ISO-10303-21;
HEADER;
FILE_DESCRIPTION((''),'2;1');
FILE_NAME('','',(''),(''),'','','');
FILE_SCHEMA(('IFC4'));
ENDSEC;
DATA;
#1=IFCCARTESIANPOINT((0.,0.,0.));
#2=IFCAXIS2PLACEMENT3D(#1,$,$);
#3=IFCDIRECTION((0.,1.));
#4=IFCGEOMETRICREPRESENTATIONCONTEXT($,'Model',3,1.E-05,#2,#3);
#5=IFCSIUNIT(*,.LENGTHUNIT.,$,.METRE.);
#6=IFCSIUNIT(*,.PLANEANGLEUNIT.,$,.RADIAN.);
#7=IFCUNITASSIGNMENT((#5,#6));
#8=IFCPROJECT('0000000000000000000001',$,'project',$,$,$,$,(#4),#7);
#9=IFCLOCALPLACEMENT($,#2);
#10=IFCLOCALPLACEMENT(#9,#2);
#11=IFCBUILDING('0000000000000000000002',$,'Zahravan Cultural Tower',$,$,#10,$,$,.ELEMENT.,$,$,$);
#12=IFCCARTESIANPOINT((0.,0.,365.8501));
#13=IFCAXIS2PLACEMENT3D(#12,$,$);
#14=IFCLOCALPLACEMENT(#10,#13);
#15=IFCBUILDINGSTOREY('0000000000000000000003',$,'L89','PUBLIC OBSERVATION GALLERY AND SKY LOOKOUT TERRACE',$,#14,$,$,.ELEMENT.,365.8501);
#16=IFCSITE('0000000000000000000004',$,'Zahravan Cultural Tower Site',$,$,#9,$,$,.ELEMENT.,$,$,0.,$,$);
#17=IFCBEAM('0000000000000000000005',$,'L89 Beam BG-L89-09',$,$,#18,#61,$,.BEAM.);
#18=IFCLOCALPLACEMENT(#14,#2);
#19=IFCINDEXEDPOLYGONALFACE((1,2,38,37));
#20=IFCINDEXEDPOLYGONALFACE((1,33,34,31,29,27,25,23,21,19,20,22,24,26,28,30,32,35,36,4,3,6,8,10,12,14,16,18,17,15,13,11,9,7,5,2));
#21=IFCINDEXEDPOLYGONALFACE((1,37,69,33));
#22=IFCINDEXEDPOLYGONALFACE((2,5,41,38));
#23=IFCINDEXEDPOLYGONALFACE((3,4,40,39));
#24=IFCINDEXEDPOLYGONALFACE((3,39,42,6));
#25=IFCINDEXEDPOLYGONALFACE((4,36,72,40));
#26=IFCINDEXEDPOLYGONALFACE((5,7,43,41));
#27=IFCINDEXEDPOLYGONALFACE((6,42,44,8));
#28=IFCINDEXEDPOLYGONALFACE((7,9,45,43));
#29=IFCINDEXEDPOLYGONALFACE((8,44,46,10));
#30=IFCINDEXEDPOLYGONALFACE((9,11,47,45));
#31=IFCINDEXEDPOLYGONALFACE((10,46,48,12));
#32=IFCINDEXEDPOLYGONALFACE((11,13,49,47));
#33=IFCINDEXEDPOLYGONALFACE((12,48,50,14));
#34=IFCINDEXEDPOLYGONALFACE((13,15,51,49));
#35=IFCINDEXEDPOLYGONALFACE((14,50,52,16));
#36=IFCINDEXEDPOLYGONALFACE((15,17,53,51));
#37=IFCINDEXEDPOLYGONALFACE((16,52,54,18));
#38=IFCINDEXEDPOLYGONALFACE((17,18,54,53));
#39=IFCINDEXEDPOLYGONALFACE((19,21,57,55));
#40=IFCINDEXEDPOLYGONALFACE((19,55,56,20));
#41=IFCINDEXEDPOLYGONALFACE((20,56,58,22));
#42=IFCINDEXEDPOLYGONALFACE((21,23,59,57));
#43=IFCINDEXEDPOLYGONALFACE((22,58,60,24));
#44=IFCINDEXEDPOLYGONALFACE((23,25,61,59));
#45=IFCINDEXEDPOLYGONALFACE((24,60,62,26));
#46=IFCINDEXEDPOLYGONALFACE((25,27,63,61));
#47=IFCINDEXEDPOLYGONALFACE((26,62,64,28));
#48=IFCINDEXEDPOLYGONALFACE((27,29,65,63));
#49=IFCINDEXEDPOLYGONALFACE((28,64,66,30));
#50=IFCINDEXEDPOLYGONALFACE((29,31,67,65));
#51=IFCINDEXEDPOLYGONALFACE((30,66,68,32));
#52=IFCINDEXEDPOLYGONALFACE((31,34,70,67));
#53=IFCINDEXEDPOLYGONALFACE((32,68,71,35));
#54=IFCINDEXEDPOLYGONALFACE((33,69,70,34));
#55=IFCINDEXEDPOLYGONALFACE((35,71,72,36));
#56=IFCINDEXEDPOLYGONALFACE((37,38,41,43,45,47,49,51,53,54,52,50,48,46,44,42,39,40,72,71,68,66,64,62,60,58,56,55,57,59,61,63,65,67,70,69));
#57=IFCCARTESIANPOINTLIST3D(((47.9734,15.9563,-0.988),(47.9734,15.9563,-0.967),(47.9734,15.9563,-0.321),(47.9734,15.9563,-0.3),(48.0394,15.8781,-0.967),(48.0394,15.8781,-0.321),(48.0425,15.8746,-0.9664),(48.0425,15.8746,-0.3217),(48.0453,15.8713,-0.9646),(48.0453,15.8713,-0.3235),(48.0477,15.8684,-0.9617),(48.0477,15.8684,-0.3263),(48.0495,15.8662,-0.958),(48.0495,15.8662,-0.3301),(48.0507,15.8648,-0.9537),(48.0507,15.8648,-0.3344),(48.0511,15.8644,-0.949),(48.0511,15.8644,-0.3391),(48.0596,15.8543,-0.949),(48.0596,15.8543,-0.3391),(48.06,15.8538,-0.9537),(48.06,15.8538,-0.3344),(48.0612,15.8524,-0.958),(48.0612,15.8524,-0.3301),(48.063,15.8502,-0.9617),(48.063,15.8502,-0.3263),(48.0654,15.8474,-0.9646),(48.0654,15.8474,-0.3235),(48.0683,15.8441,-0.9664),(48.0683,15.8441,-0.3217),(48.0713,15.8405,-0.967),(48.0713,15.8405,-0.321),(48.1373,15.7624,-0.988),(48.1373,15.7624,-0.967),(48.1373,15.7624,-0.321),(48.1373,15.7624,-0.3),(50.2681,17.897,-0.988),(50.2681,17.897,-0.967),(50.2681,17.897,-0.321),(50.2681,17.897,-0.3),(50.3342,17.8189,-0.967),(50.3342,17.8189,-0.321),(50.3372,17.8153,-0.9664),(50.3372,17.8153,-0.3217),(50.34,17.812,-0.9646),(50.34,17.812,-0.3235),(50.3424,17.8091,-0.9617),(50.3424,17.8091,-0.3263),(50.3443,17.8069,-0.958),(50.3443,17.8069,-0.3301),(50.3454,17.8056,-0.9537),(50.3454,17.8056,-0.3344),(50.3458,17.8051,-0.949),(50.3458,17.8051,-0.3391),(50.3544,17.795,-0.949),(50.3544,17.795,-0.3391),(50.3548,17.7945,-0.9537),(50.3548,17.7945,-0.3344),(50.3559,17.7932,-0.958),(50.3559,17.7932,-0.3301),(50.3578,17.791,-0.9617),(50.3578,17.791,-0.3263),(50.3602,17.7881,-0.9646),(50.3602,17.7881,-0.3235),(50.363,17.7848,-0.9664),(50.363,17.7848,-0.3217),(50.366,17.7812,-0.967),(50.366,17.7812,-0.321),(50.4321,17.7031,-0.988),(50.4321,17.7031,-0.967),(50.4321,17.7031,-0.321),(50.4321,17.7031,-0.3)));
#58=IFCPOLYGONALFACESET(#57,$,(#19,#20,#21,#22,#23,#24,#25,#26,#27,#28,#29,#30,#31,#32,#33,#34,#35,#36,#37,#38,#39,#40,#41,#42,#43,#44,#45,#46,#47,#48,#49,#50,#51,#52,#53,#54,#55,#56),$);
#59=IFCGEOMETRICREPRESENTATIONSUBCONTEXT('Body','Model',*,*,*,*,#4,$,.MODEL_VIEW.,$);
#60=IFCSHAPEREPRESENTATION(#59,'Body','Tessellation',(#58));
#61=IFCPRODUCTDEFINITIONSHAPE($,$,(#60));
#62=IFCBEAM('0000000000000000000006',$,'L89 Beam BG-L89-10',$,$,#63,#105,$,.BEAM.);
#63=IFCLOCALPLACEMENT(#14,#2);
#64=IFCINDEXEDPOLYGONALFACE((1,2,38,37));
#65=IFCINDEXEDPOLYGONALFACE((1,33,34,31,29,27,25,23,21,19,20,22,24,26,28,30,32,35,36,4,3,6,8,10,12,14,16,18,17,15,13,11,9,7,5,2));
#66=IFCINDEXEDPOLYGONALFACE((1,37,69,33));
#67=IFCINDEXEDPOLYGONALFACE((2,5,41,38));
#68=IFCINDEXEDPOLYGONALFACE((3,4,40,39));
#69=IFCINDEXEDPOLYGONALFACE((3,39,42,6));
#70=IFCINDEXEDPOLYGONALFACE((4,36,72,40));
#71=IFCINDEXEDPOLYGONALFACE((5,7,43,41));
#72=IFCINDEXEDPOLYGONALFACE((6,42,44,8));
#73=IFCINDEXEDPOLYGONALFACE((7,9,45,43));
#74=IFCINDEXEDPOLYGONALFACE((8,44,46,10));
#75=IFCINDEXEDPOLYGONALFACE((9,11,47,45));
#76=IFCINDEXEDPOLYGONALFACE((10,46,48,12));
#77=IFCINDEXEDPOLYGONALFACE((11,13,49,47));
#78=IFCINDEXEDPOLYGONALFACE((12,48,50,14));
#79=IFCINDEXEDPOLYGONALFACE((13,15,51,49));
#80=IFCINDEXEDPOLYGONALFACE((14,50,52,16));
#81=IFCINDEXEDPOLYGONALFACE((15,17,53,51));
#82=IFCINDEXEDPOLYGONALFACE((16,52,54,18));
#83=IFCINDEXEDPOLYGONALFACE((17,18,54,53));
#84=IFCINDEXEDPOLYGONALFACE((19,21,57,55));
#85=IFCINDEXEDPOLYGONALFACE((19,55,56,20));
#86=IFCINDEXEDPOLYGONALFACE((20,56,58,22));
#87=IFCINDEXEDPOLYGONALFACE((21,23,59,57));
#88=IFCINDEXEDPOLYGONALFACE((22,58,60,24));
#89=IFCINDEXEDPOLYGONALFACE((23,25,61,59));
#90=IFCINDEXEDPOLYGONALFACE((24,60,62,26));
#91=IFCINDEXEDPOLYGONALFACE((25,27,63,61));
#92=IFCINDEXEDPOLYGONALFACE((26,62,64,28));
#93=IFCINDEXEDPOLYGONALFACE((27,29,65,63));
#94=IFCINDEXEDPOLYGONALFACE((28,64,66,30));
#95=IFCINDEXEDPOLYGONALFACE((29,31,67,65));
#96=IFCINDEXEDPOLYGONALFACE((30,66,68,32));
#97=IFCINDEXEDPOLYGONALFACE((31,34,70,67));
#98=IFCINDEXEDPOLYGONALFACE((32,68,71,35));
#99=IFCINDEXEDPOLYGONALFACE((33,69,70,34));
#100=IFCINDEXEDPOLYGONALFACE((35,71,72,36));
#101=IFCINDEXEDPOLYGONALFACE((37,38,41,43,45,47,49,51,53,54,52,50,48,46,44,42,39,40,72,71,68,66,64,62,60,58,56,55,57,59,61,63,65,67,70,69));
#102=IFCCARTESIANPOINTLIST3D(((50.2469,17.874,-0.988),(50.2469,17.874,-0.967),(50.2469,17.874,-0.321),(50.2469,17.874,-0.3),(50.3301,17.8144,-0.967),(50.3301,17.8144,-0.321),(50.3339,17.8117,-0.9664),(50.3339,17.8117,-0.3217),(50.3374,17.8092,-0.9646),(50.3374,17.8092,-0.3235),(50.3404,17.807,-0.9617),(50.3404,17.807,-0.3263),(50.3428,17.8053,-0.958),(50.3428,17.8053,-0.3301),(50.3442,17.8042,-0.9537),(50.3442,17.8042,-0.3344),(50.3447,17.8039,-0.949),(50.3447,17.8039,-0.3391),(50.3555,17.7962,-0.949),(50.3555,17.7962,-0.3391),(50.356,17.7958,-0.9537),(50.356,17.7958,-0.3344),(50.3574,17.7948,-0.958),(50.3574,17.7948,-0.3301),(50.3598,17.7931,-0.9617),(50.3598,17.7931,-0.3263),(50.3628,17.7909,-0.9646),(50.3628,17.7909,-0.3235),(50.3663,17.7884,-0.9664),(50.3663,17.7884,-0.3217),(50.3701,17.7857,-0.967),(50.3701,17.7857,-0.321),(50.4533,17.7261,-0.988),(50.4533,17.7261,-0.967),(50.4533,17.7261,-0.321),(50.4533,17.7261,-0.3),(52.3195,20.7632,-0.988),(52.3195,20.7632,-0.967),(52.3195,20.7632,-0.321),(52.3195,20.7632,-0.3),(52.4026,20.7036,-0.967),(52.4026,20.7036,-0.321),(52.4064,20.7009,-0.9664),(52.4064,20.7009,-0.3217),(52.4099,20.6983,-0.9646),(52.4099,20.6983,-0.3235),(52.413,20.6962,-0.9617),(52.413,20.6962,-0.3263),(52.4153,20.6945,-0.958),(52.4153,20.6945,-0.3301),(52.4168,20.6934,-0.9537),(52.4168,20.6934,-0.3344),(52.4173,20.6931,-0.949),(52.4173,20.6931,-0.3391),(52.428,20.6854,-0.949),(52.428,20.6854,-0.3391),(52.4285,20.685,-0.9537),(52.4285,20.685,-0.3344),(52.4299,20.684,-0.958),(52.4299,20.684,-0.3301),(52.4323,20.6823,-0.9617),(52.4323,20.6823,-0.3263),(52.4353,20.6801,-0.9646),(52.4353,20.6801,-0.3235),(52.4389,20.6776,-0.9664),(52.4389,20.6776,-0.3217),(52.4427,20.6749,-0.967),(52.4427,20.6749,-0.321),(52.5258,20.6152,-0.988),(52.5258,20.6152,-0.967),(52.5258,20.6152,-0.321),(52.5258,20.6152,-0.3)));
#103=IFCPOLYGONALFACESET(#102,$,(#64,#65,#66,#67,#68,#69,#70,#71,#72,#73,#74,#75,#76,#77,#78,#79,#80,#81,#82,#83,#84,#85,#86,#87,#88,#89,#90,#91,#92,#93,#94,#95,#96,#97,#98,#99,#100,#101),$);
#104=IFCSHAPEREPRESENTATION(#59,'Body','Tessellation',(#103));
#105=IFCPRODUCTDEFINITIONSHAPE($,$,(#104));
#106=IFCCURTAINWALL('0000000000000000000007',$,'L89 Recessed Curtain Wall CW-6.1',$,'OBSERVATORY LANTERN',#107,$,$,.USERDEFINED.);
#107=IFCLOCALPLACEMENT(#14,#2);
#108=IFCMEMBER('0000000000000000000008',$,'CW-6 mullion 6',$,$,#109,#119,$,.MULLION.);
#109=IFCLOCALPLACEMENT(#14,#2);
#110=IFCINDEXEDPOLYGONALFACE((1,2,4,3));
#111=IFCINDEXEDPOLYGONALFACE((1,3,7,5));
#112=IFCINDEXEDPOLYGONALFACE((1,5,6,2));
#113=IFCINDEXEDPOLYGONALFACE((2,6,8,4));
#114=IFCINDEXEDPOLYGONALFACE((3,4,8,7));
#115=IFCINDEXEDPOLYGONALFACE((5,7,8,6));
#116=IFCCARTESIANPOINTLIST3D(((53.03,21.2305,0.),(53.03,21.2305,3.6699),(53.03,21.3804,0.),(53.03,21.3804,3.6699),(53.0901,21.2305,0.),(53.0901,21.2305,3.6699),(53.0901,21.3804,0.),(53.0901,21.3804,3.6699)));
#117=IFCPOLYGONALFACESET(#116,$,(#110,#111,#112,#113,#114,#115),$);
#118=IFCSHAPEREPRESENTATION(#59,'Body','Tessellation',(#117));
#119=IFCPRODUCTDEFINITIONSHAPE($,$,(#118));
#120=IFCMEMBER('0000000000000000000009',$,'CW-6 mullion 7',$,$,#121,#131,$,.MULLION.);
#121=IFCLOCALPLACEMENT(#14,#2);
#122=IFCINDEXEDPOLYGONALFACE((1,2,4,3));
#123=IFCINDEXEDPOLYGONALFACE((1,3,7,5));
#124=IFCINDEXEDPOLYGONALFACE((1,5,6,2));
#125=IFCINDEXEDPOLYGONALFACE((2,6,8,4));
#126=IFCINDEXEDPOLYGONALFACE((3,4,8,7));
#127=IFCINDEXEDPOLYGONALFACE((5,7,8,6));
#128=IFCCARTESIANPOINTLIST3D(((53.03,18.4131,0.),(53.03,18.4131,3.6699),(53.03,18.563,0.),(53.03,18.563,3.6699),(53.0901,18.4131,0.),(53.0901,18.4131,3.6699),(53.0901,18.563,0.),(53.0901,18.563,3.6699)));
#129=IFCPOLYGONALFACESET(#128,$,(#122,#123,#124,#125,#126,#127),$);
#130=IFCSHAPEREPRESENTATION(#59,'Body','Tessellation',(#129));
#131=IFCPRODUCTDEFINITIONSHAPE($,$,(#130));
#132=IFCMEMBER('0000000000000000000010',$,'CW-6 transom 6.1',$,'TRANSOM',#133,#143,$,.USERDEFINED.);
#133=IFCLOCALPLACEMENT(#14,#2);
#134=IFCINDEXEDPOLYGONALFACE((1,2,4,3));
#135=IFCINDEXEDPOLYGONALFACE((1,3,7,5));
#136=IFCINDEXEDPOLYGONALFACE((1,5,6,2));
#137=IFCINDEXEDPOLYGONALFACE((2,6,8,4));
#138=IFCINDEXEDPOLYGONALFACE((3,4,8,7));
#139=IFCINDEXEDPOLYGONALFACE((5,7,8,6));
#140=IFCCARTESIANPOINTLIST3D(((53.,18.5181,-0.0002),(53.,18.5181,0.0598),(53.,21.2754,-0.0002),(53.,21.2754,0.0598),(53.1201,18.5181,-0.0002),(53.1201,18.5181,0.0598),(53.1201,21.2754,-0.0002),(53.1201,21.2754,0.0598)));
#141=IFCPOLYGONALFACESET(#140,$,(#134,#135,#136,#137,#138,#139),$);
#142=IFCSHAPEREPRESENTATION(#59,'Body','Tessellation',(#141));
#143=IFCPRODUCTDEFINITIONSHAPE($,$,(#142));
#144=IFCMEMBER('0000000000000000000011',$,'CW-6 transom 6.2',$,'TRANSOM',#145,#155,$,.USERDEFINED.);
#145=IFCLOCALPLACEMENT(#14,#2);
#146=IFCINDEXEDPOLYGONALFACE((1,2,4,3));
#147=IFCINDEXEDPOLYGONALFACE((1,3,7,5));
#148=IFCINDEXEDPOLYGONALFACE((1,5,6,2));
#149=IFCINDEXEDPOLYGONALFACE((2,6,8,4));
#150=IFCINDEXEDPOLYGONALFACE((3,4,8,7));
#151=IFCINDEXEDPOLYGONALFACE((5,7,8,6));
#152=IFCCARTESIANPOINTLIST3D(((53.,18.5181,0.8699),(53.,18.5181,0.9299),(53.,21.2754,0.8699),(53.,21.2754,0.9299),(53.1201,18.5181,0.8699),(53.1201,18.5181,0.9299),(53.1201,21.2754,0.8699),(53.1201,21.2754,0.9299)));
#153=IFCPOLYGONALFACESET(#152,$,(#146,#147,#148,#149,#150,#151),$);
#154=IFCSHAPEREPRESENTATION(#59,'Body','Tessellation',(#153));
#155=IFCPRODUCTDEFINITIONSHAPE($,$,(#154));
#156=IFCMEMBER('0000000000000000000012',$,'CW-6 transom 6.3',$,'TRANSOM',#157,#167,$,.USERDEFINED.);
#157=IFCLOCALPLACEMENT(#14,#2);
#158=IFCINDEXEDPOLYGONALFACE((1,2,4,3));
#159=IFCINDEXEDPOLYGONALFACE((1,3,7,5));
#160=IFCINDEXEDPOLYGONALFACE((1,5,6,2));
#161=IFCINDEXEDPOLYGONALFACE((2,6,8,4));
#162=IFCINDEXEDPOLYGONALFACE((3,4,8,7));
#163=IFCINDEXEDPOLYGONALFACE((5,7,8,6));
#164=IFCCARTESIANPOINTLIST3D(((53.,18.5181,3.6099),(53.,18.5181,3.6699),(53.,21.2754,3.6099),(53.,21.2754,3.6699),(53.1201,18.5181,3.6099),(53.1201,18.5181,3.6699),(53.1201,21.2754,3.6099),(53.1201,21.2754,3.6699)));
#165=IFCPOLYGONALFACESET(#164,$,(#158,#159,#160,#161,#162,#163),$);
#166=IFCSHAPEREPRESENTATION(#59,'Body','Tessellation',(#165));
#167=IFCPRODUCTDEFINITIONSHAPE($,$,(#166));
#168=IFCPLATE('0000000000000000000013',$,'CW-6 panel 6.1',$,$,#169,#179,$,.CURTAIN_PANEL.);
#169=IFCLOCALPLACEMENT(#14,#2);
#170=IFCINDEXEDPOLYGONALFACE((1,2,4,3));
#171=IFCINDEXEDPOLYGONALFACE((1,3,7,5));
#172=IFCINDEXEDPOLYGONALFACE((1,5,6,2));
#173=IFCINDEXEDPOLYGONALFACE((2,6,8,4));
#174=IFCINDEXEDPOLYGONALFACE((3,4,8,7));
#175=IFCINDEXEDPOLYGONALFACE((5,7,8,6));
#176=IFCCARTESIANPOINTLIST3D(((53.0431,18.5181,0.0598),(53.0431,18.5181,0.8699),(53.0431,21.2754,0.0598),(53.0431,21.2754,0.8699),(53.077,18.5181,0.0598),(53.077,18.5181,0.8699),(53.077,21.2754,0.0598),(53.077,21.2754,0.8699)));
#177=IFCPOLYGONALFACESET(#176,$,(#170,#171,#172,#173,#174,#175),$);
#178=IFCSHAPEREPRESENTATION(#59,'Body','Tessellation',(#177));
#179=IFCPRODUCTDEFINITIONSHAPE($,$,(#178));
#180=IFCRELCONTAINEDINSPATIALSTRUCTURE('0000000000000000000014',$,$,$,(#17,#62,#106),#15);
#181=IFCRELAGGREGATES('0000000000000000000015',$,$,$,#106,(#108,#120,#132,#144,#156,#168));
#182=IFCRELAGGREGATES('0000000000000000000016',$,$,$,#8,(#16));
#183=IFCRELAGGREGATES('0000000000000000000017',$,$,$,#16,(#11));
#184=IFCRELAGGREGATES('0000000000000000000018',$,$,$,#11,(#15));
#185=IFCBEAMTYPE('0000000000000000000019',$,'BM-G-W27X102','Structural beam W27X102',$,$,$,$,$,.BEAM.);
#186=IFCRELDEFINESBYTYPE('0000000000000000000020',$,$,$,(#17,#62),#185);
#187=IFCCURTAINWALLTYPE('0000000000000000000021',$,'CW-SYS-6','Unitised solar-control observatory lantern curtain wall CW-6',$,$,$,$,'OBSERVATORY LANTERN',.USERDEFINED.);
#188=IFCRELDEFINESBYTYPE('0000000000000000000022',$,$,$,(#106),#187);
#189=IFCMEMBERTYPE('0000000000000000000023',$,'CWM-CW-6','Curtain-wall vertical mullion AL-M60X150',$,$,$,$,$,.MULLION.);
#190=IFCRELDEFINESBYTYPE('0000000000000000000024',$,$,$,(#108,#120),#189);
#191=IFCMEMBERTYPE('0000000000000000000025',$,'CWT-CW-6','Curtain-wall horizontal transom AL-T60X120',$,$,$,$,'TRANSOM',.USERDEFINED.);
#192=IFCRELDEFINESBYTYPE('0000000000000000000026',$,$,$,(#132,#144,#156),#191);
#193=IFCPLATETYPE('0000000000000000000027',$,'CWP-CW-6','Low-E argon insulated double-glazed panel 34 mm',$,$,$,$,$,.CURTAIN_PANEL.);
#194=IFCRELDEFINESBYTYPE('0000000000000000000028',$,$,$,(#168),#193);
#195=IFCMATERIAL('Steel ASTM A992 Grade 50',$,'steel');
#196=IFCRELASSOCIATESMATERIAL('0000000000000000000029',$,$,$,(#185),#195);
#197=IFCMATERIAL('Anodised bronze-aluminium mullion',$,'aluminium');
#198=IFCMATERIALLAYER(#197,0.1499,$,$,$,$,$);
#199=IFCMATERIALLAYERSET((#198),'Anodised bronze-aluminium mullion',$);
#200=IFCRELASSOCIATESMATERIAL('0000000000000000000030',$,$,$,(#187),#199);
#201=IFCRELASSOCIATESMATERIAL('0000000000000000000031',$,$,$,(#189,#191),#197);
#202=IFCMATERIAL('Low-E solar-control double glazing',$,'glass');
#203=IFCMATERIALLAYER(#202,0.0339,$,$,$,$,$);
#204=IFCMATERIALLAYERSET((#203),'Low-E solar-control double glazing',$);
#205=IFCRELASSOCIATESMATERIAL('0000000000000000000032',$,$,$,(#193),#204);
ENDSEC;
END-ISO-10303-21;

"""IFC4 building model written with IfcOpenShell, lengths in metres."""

from ifc_helpers import new_model, si_unit, direction, frame, origin, origin_2d, place, context, subcontext, project, spatial, rectangle, i_section, extrude, source, transform, mapped, material, layer, layer_set, material_profile, profile_set, type_object, element, aggregate, save


model = new_model("IFC4")

# Units and contexts
model_context = context("Model", 3, precision=1e-05, world=origin(), true_north=direction((0.0, 1.0)))
body_context = subcontext(model_context, "Body", "Model", "MODEL_VIEW")
ifc_project = project(units=[si_unit("LENGTHUNIT", "METRE"), si_unit("PLANEANGLEUNIT", "RADIAN")], contexts=[model_context])

# Site, building, storey
site_placement = place(None, origin())
site = spatial("IfcSite", under=ifc_project, at=site_placement, Name="Zahravan Cultural Tower Site", CompositionType="ELEMENT", RefElevation=0.0)
building_placement = place(site_placement, origin())
building = spatial("IfcBuilding", under=site, at=building_placement, Name="Zahravan Cultural Tower", CompositionType="ELEMENT")
storey_placement = place(building_placement, frame((0.0, 0.0, 365.8501)))
storey = spatial("IfcBuildingStorey", under=building, at=storey_placement, Name="L89", Description="PUBLIC OBSERVATION GALLERY AND SKY LOOKOUT TERRACE", CompositionType="ELEMENT", Elevation=365.8501)

# Shared definitions
ifc_material_1 = material(Name="Steel ASTM A992 Grade 50", Category="steel")

# Beams
ifc_material_profile_1 = material_profile(ifc_material_1, i_section(OverallWidth=0.2539, OverallDepth=0.688, WebThickness=0.0132, FlangeThickness=0.021, FilletRadius=0.0181, at=origin_2d()), Name="W27X102")
ifc_profile_set_1 = profile_set([ifc_material_profile_1], Name="Steel ASTM A992 Grade 50")
beam_type_1 = type_object("IfcBeamType", Name="BM-G-W27X102", Description="Structural beam W27X102", PredefinedType="BEAM", material=ifc_profile_set_1)
shared_shape_1 = source(origin(), body_context, "Body", "SweptSolid", [
    extrude(i_section(OverallWidth=0.2539, OverallDepth=0.688, WebThickness=0.0132, FlangeThickness=0.021, FilletRadius=0.0181, at=origin_2d()), origin(), (0.0, 0.0, 1.0), 3.0054),
])
beam_1_placement = place(storey_placement, frame((50.3501, 17.8, -0.644), z_axis=(-0.763546, -0.645753, 0.0), x_axis=(0.645753, -0.763546, 0.0)))
element("IfcBeam", 1, at=beam_1_placement, inside=storey, type_object=beam_type_1, Name="L89 Beam BG-L89-09", PredefinedType="BEAM", context=body_context, shape_type="MappedRepresentation", body=[
    mapped(shared_shape_1, transform((0.0, 0.0, 0.0), x_axis=(1.0, 0.0, 0.0), y_axis=(0.0, 1.0, 0.0), z_axis=(0.0, 0.0, 1.0), scale=1.0)),
])
shared_shape_2 = source(origin(), body_context, "Body", "SweptSolid", [
    extrude(i_section(OverallWidth=0.2539, OverallDepth=0.688, WebThickness=0.0132, FlangeThickness=0.021, FilletRadius=0.0181, at=origin_2d()), origin(), (0.0, 0.0, 1.0), 3.5557),
])
beam_2_placement = place(storey_placement, frame((50.3501, 17.8, -0.644), z_axis=(0.58288, 0.812558, 0.0), x_axis=(-0.812558, 0.58288, 0.0)))
element("IfcBeam", 2, at=beam_2_placement, inside=storey, type_object=beam_type_1, Name="L89 Beam BG-L89-10", PredefinedType="BEAM", context=body_context, shape_type="MappedRepresentation", body=[
    mapped(shared_shape_2, transform((0.0, 0.0, 0.0), x_axis=(1.0, 0.0, 0.0), y_axis=(0.0, 1.0, 0.0), z_axis=(0.0, 0.0, 1.0), scale=1.0)),
])

# Curtain wall, members, plate
ifc_material_2 = material(Name="Anodised bronze-aluminium mullion", Category="aluminium")
ifc_layer_1 = layer(ifc_material_2, 0.1499)
ifc_layer_set_1 = layer_set([ifc_layer_1], Name="Anodised bronze-aluminium mullion")
curtain_wall_type = type_object("IfcCurtainWallType", Name="CW-SYS-6", Description="Unitised solar-control observatory lantern curtain wall CW-6", ElementType="OBSERVATORY LANTERN", PredefinedType="USERDEFINED", material=ifc_layer_set_1)
curtain_wall_placement = place(storey_placement, origin())
curtain_wall = element("IfcCurtainWall", 3, at=curtain_wall_placement, inside=storey, type_object=curtain_wall_type, Name="L89 Recessed Curtain Wall CW-6.1", ObjectType="OBSERVATORY LANTERN", PredefinedType="USERDEFINED")
ifc_material_profile_2 = material_profile(ifc_material_2, rectangle(XDim=0.0601, YDim=0.1499, at=origin_2d()), Name="AL-M60X150")
ifc_profile_set_2 = profile_set([ifc_material_profile_2], Name="Anodised bronze-aluminium mullion")
member_type_1 = type_object("IfcMemberType", Name="CWM-CW-6", Description="Curtain-wall vertical mullion AL-M60X150", PredefinedType="MULLION", material=ifc_profile_set_2)
shared_shape_3 = source(origin(), body_context, "Body", "SweptSolid", [
    extrude(rectangle(XDim=0.0601, YDim=0.1499, at=origin_2d()), origin(), (0.0, 0.0, 1.0), 3.6699),
])
member_1_placement = place(storey_placement, frame((53.0601, 21.3054, 0.0), z_axis=(0.0, 0.0, 1.0), x_axis=(1.0, 0.0, 0.0)))
member_1 = element("IfcMember", 4, at=member_1_placement, type_object=member_type_1, Name="CW-6 mullion 6", PredefinedType="MULLION", context=body_context, shape_type="MappedRepresentation", body=[
    mapped(shared_shape_3, transform((0.0, 0.0, 0.0), x_axis=(1.0, 0.0, 0.0), y_axis=(0.0, 1.0, 0.0), z_axis=(0.0, 0.0, 1.0), scale=1.0)),
])
member_2_placement = place(storey_placement, frame((53.0601, 18.488, 0.0), z_axis=(0.0, 0.0, 1.0), x_axis=(1.0, 0.0, 0.0)))
member_2 = element("IfcMember", 5, at=member_2_placement, type_object=member_type_1, Name="CW-6 mullion 7", PredefinedType="MULLION", context=body_context, shape_type="MappedRepresentation", body=[
    mapped(shared_shape_3, transform((0.0, 0.0, 0.0), x_axis=(1.0, 0.0, 0.0), y_axis=(0.0, 1.0, 0.0), z_axis=(0.0, 0.0, 1.0), scale=1.0)),
])
ifc_material_profile_3 = material_profile(ifc_material_2, rectangle(XDim=0.1201, YDim=0.0601, at=origin_2d()), Name="AL-T60X120")
ifc_profile_set_3 = profile_set([ifc_material_profile_3], Name="Anodised bronze-aluminium mullion")
member_type_2 = type_object("IfcMemberType", Name="CWT-CW-6", Description="Curtain-wall horizontal transom AL-T60X120", ElementType="TRANSOM", PredefinedType="USERDEFINED", material=ifc_profile_set_3)
shared_shape_4 = source(origin(), body_context, "Body", "SweptSolid", [
    extrude(rectangle(XDim=0.1201, YDim=0.0601, at=origin_2d()), origin(), (0.0, 0.0, 1.0), 2.7573),
])
member_3_placement = place(storey_placement, frame((53.0601, 21.2754, 0.0298), z_axis=(0.0, -1.0, 0.0), x_axis=(1.0, 0.0, 0.0)))
member_3 = element("IfcMember", 6, at=member_3_placement, type_object=member_type_2, Name="CW-6 transom 6.1", ObjectType="TRANSOM", PredefinedType="USERDEFINED", context=body_context, shape_type="MappedRepresentation", body=[
    mapped(shared_shape_4, transform((0.0, 0.0, 0.0), x_axis=(1.0, 0.0, 0.0), y_axis=(0.0, 1.0, 0.0), z_axis=(0.0, 0.0, 1.0), scale=1.0)),
])
member_4_placement = place(storey_placement, frame((53.0601, 21.2754, 0.8999), z_axis=(0.0, -1.0, 0.0), x_axis=(1.0, 0.0, 0.0)))
member_4 = element("IfcMember", 7, at=member_4_placement, type_object=member_type_2, Name="CW-6 transom 6.2", ObjectType="TRANSOM", PredefinedType="USERDEFINED", context=body_context, shape_type="MappedRepresentation", body=[
    mapped(shared_shape_4, transform((0.0, 0.0, 0.0), x_axis=(1.0, 0.0, 0.0), y_axis=(0.0, 1.0, 0.0), z_axis=(0.0, 0.0, 1.0), scale=1.0)),
])
member_5_placement = place(storey_placement, frame((53.0601, 21.2754, 3.6399), z_axis=(0.0, -1.0, 0.0), x_axis=(1.0, 0.0, 0.0)))
member_5 = element("IfcMember", 8, at=member_5_placement, type_object=member_type_2, Name="CW-6 transom 6.3", ObjectType="TRANSOM", PredefinedType="USERDEFINED", context=body_context, shape_type="MappedRepresentation", body=[
    mapped(shared_shape_4, transform((0.0, 0.0, 0.0), x_axis=(1.0, 0.0, 0.0), y_axis=(0.0, 1.0, 0.0), z_axis=(0.0, 0.0, 1.0), scale=1.0)),
])
ifc_material_3 = material(Name="Low-E solar-control double glazing", Category="glass")
ifc_layer_2 = layer(ifc_material_3, 0.0339)
ifc_layer_set_2 = layer_set([ifc_layer_2], Name="Low-E solar-control double glazing")
plate_type = type_object("IfcPlateType", Name="CWP-CW-6", Description="Low-E argon insulated double-glazed panel 34 mm", PredefinedType="CURTAIN_PANEL", material=ifc_layer_set_2)
shared_shape_5 = source(origin(), body_context, "Body", "SweptSolid", [
    extrude(rectangle(XDim=2.7573, YDim=0.0339, at=origin_2d()), origin(), (0.0, 0.0, 1.0), 0.8101),
])
plate_1_placement = place(storey_placement, frame((53.0601, 19.8967, 0.0598), z_axis=(0.0, 0.0, 1.0), x_axis=(0.0, -1.0, 0.0)))
plate_1 = element("IfcPlate", 9, at=plate_1_placement, type_object=plate_type, Name="CW-6 panel 6.1", PredefinedType="CURTAIN_PANEL", context=body_context, shape_type="MappedRepresentation", body=[
    mapped(shared_shape_5, transform((0.0, 0.0, 0.0), x_axis=(1.0, 0.0, 0.0), y_axis=(0.0, 1.0, 0.0), z_axis=(0.0, 0.0, 1.0), scale=1.0)),
])
aggregate(curtain_wall, [member_1, member_2, member_3, member_4, member_5, plate_1])

save(model, "model.ifc")
